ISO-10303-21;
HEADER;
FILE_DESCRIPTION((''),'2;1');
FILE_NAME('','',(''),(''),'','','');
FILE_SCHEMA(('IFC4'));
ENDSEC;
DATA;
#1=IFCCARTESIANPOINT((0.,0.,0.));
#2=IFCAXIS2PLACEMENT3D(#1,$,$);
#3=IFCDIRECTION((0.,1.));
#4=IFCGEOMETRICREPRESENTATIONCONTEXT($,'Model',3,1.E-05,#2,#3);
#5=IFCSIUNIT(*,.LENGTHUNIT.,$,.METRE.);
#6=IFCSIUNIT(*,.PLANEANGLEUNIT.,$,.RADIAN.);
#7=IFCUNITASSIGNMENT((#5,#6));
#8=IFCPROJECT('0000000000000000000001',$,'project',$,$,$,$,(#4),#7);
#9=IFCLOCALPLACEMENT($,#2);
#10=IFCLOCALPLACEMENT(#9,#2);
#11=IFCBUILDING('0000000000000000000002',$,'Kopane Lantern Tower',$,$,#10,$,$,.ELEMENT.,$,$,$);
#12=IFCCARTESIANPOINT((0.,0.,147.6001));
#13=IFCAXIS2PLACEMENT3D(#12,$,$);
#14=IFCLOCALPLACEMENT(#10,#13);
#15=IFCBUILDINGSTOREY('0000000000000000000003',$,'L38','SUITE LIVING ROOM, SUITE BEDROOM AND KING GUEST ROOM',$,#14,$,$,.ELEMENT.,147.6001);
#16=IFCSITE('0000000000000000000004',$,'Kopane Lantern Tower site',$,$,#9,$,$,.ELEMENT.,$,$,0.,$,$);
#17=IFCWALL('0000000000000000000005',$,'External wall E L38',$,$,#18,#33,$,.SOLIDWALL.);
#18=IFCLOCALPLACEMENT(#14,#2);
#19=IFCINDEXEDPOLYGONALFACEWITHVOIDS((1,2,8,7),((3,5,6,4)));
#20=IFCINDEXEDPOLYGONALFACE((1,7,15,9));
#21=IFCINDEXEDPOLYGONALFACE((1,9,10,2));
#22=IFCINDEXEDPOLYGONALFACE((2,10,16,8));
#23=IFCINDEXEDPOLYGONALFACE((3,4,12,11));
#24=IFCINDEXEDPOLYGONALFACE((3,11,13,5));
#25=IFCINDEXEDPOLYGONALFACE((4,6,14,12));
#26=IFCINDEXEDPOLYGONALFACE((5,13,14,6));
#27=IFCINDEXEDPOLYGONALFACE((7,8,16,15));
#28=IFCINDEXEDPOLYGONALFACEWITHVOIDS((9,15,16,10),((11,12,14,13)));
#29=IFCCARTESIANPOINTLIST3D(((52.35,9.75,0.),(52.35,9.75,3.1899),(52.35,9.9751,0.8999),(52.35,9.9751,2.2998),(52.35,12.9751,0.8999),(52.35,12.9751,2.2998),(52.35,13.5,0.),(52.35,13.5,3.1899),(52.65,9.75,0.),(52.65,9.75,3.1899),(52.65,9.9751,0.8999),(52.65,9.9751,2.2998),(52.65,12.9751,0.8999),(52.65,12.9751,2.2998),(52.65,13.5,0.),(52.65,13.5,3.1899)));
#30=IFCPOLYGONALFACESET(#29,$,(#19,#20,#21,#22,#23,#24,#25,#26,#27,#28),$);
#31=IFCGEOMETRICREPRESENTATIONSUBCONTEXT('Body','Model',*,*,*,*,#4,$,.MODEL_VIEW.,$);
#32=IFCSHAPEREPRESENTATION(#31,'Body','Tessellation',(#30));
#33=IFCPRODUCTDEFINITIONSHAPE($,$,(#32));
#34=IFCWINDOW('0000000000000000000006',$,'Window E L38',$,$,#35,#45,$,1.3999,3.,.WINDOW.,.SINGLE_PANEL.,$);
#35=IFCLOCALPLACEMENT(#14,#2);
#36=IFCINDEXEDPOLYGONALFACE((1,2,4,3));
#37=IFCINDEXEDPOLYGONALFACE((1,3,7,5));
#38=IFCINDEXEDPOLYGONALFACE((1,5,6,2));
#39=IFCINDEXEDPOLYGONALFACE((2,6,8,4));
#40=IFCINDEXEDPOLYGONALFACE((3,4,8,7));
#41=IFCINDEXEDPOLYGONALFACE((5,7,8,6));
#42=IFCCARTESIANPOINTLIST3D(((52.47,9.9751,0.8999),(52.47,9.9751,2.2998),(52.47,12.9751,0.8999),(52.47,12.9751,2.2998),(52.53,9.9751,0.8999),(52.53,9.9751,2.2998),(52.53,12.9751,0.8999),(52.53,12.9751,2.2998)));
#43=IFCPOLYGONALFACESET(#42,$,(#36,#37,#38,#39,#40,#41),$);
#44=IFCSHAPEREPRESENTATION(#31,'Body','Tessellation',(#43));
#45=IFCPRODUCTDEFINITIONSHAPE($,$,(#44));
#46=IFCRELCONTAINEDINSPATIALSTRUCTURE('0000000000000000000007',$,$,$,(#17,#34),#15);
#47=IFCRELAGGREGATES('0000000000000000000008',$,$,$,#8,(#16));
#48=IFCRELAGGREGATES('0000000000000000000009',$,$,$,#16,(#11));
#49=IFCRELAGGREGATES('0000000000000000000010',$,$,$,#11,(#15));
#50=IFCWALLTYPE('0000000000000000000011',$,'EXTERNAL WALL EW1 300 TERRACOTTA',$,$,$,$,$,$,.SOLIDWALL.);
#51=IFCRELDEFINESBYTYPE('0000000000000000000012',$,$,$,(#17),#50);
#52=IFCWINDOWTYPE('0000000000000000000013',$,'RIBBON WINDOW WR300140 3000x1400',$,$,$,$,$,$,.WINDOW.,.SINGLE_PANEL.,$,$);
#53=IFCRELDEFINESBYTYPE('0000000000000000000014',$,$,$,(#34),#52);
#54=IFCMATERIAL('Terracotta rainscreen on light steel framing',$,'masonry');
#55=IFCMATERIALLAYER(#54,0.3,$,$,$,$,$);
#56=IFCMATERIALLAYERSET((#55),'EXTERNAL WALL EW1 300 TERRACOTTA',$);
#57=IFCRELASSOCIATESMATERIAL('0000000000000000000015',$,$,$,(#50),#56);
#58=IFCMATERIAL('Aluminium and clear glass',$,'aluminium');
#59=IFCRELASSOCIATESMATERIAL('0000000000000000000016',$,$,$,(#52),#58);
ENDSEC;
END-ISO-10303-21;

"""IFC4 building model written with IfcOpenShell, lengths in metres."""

from ifc_helpers import new_model, si_unit, direction, frame, frame_2d, origin, place, context, subcontext, project, spatial, rectangle, extrude, material, layer, layer_set, type_object, element, fill, save


model = new_model("IFC4")

# Units and contexts
model_context = context("Model", 3, precision=1e-05, world=origin(), true_north=direction((0.0, 1.0)))
body_context = subcontext(model_context, "Body", "Model", "MODEL_VIEW")
ifc_project = project(units=[si_unit("LENGTHUNIT", "METRE"), si_unit("PLANEANGLEUNIT", "RADIAN")], contexts=[model_context])

# Site, building, storey
site_placement = place(None, origin())
site = spatial("IfcSite", under=ifc_project, at=site_placement, Name="Kopane Lantern Tower site", CompositionType="ELEMENT", RefElevation=0.0)
building_placement = place(site_placement, origin())
building = spatial("IfcBuilding", under=site, at=building_placement, Name="Kopane Lantern Tower", CompositionType="ELEMENT")
storey_placement = place(building_placement, frame((0.0, 0.0, 147.6001)))
storey = spatial("IfcBuildingStorey", under=building, at=storey_placement, Name="L38", Description="SUITE LIVING ROOM, SUITE BEDROOM AND KING GUEST ROOM", CompositionType="ELEMENT", Elevation=147.6001)

# Wall, opening, window
ifc_material_1 = material(Name="Terracotta rainscreen on light steel framing", Category="masonry")
ifc_layer = layer(ifc_material_1, 0.3)
ifc_layer_set = layer_set([ifc_layer], Name="EXTERNAL WALL EW1 300 TERRACOTTA")
wall_type = type_object("IfcWallType", Name="EXTERNAL WALL EW1 300 TERRACOTTA", PredefinedType="SOLIDWALL", material=ifc_layer_set)
ifc_material_2 = material(Name="Aluminium and clear glass", Category="aluminium")
window_type = type_object("IfcWindowType", Name="RIBBON WINDOW WR300140 3000x1400", PartitioningType="SINGLE_PANEL", PredefinedType="WINDOW", material=ifc_material_2)
wall_1_placement = place(storey_placement, frame((52.5, 9.75, 0.0), z_axis=(0.0, 0.0, 1.0), x_axis=(0.0, 1.0, 0.0)))
wall_1 = element("IfcWall", 1, at=wall_1_placement, inside=storey, type_object=wall_type, Name="External wall E L38", PredefinedType="SOLIDWALL", context=body_context, shape_type="SweptSolid", body=[
    extrude(rectangle(XDim=3.75, YDim=0.3, at=frame_2d((1.875, 0.0))), origin(), (0.0, 0.0, 1.0), 3.1899),
])
opening_1_placement = place(wall_1_placement, frame((0.2251, 0.0, 0.8999)))
opening_1 = element("IfcOpeningElement", 2, at=opening_1_placement, cuts=wall_1, PredefinedType="OPENING", context=body_context, shape_type="SweptSolid", body=[
    extrude(rectangle(XDim=3.0, YDim=1.3999, at=frame_2d((1.5, 0.7))), frame((0.0, 0.1599, 0.0), z_axis=(0.0, -1.0, 0.0), x_axis=(1.0, 0.0, 0.0)), (0.0, 0.0, 1.0), 0.3201),
])
window_1_placement = place(opening_1_placement, origin())
window_1 = element("IfcWindow", 3, at=window_1_placement, inside=storey, type_object=window_type, Name="Window E L38", OverallHeight=1.3999, OverallWidth=3.0, PartitioningType="SINGLE_PANEL", PredefinedType="WINDOW", context=body_context, shape_type="SweptSolid", body=[
    extrude(rectangle(XDim=3.0, YDim=1.3999, at=frame_2d((1.5, 0.7))), frame((0.0, 0.03, 0.0), z_axis=(0.0, -1.0, 0.0), x_axis=(1.0, 0.0, 0.0)), (0.0, 0.0, 1.0), 0.0601),
])
fill(opening_1, window_1)

save(model, "model.ifc")
